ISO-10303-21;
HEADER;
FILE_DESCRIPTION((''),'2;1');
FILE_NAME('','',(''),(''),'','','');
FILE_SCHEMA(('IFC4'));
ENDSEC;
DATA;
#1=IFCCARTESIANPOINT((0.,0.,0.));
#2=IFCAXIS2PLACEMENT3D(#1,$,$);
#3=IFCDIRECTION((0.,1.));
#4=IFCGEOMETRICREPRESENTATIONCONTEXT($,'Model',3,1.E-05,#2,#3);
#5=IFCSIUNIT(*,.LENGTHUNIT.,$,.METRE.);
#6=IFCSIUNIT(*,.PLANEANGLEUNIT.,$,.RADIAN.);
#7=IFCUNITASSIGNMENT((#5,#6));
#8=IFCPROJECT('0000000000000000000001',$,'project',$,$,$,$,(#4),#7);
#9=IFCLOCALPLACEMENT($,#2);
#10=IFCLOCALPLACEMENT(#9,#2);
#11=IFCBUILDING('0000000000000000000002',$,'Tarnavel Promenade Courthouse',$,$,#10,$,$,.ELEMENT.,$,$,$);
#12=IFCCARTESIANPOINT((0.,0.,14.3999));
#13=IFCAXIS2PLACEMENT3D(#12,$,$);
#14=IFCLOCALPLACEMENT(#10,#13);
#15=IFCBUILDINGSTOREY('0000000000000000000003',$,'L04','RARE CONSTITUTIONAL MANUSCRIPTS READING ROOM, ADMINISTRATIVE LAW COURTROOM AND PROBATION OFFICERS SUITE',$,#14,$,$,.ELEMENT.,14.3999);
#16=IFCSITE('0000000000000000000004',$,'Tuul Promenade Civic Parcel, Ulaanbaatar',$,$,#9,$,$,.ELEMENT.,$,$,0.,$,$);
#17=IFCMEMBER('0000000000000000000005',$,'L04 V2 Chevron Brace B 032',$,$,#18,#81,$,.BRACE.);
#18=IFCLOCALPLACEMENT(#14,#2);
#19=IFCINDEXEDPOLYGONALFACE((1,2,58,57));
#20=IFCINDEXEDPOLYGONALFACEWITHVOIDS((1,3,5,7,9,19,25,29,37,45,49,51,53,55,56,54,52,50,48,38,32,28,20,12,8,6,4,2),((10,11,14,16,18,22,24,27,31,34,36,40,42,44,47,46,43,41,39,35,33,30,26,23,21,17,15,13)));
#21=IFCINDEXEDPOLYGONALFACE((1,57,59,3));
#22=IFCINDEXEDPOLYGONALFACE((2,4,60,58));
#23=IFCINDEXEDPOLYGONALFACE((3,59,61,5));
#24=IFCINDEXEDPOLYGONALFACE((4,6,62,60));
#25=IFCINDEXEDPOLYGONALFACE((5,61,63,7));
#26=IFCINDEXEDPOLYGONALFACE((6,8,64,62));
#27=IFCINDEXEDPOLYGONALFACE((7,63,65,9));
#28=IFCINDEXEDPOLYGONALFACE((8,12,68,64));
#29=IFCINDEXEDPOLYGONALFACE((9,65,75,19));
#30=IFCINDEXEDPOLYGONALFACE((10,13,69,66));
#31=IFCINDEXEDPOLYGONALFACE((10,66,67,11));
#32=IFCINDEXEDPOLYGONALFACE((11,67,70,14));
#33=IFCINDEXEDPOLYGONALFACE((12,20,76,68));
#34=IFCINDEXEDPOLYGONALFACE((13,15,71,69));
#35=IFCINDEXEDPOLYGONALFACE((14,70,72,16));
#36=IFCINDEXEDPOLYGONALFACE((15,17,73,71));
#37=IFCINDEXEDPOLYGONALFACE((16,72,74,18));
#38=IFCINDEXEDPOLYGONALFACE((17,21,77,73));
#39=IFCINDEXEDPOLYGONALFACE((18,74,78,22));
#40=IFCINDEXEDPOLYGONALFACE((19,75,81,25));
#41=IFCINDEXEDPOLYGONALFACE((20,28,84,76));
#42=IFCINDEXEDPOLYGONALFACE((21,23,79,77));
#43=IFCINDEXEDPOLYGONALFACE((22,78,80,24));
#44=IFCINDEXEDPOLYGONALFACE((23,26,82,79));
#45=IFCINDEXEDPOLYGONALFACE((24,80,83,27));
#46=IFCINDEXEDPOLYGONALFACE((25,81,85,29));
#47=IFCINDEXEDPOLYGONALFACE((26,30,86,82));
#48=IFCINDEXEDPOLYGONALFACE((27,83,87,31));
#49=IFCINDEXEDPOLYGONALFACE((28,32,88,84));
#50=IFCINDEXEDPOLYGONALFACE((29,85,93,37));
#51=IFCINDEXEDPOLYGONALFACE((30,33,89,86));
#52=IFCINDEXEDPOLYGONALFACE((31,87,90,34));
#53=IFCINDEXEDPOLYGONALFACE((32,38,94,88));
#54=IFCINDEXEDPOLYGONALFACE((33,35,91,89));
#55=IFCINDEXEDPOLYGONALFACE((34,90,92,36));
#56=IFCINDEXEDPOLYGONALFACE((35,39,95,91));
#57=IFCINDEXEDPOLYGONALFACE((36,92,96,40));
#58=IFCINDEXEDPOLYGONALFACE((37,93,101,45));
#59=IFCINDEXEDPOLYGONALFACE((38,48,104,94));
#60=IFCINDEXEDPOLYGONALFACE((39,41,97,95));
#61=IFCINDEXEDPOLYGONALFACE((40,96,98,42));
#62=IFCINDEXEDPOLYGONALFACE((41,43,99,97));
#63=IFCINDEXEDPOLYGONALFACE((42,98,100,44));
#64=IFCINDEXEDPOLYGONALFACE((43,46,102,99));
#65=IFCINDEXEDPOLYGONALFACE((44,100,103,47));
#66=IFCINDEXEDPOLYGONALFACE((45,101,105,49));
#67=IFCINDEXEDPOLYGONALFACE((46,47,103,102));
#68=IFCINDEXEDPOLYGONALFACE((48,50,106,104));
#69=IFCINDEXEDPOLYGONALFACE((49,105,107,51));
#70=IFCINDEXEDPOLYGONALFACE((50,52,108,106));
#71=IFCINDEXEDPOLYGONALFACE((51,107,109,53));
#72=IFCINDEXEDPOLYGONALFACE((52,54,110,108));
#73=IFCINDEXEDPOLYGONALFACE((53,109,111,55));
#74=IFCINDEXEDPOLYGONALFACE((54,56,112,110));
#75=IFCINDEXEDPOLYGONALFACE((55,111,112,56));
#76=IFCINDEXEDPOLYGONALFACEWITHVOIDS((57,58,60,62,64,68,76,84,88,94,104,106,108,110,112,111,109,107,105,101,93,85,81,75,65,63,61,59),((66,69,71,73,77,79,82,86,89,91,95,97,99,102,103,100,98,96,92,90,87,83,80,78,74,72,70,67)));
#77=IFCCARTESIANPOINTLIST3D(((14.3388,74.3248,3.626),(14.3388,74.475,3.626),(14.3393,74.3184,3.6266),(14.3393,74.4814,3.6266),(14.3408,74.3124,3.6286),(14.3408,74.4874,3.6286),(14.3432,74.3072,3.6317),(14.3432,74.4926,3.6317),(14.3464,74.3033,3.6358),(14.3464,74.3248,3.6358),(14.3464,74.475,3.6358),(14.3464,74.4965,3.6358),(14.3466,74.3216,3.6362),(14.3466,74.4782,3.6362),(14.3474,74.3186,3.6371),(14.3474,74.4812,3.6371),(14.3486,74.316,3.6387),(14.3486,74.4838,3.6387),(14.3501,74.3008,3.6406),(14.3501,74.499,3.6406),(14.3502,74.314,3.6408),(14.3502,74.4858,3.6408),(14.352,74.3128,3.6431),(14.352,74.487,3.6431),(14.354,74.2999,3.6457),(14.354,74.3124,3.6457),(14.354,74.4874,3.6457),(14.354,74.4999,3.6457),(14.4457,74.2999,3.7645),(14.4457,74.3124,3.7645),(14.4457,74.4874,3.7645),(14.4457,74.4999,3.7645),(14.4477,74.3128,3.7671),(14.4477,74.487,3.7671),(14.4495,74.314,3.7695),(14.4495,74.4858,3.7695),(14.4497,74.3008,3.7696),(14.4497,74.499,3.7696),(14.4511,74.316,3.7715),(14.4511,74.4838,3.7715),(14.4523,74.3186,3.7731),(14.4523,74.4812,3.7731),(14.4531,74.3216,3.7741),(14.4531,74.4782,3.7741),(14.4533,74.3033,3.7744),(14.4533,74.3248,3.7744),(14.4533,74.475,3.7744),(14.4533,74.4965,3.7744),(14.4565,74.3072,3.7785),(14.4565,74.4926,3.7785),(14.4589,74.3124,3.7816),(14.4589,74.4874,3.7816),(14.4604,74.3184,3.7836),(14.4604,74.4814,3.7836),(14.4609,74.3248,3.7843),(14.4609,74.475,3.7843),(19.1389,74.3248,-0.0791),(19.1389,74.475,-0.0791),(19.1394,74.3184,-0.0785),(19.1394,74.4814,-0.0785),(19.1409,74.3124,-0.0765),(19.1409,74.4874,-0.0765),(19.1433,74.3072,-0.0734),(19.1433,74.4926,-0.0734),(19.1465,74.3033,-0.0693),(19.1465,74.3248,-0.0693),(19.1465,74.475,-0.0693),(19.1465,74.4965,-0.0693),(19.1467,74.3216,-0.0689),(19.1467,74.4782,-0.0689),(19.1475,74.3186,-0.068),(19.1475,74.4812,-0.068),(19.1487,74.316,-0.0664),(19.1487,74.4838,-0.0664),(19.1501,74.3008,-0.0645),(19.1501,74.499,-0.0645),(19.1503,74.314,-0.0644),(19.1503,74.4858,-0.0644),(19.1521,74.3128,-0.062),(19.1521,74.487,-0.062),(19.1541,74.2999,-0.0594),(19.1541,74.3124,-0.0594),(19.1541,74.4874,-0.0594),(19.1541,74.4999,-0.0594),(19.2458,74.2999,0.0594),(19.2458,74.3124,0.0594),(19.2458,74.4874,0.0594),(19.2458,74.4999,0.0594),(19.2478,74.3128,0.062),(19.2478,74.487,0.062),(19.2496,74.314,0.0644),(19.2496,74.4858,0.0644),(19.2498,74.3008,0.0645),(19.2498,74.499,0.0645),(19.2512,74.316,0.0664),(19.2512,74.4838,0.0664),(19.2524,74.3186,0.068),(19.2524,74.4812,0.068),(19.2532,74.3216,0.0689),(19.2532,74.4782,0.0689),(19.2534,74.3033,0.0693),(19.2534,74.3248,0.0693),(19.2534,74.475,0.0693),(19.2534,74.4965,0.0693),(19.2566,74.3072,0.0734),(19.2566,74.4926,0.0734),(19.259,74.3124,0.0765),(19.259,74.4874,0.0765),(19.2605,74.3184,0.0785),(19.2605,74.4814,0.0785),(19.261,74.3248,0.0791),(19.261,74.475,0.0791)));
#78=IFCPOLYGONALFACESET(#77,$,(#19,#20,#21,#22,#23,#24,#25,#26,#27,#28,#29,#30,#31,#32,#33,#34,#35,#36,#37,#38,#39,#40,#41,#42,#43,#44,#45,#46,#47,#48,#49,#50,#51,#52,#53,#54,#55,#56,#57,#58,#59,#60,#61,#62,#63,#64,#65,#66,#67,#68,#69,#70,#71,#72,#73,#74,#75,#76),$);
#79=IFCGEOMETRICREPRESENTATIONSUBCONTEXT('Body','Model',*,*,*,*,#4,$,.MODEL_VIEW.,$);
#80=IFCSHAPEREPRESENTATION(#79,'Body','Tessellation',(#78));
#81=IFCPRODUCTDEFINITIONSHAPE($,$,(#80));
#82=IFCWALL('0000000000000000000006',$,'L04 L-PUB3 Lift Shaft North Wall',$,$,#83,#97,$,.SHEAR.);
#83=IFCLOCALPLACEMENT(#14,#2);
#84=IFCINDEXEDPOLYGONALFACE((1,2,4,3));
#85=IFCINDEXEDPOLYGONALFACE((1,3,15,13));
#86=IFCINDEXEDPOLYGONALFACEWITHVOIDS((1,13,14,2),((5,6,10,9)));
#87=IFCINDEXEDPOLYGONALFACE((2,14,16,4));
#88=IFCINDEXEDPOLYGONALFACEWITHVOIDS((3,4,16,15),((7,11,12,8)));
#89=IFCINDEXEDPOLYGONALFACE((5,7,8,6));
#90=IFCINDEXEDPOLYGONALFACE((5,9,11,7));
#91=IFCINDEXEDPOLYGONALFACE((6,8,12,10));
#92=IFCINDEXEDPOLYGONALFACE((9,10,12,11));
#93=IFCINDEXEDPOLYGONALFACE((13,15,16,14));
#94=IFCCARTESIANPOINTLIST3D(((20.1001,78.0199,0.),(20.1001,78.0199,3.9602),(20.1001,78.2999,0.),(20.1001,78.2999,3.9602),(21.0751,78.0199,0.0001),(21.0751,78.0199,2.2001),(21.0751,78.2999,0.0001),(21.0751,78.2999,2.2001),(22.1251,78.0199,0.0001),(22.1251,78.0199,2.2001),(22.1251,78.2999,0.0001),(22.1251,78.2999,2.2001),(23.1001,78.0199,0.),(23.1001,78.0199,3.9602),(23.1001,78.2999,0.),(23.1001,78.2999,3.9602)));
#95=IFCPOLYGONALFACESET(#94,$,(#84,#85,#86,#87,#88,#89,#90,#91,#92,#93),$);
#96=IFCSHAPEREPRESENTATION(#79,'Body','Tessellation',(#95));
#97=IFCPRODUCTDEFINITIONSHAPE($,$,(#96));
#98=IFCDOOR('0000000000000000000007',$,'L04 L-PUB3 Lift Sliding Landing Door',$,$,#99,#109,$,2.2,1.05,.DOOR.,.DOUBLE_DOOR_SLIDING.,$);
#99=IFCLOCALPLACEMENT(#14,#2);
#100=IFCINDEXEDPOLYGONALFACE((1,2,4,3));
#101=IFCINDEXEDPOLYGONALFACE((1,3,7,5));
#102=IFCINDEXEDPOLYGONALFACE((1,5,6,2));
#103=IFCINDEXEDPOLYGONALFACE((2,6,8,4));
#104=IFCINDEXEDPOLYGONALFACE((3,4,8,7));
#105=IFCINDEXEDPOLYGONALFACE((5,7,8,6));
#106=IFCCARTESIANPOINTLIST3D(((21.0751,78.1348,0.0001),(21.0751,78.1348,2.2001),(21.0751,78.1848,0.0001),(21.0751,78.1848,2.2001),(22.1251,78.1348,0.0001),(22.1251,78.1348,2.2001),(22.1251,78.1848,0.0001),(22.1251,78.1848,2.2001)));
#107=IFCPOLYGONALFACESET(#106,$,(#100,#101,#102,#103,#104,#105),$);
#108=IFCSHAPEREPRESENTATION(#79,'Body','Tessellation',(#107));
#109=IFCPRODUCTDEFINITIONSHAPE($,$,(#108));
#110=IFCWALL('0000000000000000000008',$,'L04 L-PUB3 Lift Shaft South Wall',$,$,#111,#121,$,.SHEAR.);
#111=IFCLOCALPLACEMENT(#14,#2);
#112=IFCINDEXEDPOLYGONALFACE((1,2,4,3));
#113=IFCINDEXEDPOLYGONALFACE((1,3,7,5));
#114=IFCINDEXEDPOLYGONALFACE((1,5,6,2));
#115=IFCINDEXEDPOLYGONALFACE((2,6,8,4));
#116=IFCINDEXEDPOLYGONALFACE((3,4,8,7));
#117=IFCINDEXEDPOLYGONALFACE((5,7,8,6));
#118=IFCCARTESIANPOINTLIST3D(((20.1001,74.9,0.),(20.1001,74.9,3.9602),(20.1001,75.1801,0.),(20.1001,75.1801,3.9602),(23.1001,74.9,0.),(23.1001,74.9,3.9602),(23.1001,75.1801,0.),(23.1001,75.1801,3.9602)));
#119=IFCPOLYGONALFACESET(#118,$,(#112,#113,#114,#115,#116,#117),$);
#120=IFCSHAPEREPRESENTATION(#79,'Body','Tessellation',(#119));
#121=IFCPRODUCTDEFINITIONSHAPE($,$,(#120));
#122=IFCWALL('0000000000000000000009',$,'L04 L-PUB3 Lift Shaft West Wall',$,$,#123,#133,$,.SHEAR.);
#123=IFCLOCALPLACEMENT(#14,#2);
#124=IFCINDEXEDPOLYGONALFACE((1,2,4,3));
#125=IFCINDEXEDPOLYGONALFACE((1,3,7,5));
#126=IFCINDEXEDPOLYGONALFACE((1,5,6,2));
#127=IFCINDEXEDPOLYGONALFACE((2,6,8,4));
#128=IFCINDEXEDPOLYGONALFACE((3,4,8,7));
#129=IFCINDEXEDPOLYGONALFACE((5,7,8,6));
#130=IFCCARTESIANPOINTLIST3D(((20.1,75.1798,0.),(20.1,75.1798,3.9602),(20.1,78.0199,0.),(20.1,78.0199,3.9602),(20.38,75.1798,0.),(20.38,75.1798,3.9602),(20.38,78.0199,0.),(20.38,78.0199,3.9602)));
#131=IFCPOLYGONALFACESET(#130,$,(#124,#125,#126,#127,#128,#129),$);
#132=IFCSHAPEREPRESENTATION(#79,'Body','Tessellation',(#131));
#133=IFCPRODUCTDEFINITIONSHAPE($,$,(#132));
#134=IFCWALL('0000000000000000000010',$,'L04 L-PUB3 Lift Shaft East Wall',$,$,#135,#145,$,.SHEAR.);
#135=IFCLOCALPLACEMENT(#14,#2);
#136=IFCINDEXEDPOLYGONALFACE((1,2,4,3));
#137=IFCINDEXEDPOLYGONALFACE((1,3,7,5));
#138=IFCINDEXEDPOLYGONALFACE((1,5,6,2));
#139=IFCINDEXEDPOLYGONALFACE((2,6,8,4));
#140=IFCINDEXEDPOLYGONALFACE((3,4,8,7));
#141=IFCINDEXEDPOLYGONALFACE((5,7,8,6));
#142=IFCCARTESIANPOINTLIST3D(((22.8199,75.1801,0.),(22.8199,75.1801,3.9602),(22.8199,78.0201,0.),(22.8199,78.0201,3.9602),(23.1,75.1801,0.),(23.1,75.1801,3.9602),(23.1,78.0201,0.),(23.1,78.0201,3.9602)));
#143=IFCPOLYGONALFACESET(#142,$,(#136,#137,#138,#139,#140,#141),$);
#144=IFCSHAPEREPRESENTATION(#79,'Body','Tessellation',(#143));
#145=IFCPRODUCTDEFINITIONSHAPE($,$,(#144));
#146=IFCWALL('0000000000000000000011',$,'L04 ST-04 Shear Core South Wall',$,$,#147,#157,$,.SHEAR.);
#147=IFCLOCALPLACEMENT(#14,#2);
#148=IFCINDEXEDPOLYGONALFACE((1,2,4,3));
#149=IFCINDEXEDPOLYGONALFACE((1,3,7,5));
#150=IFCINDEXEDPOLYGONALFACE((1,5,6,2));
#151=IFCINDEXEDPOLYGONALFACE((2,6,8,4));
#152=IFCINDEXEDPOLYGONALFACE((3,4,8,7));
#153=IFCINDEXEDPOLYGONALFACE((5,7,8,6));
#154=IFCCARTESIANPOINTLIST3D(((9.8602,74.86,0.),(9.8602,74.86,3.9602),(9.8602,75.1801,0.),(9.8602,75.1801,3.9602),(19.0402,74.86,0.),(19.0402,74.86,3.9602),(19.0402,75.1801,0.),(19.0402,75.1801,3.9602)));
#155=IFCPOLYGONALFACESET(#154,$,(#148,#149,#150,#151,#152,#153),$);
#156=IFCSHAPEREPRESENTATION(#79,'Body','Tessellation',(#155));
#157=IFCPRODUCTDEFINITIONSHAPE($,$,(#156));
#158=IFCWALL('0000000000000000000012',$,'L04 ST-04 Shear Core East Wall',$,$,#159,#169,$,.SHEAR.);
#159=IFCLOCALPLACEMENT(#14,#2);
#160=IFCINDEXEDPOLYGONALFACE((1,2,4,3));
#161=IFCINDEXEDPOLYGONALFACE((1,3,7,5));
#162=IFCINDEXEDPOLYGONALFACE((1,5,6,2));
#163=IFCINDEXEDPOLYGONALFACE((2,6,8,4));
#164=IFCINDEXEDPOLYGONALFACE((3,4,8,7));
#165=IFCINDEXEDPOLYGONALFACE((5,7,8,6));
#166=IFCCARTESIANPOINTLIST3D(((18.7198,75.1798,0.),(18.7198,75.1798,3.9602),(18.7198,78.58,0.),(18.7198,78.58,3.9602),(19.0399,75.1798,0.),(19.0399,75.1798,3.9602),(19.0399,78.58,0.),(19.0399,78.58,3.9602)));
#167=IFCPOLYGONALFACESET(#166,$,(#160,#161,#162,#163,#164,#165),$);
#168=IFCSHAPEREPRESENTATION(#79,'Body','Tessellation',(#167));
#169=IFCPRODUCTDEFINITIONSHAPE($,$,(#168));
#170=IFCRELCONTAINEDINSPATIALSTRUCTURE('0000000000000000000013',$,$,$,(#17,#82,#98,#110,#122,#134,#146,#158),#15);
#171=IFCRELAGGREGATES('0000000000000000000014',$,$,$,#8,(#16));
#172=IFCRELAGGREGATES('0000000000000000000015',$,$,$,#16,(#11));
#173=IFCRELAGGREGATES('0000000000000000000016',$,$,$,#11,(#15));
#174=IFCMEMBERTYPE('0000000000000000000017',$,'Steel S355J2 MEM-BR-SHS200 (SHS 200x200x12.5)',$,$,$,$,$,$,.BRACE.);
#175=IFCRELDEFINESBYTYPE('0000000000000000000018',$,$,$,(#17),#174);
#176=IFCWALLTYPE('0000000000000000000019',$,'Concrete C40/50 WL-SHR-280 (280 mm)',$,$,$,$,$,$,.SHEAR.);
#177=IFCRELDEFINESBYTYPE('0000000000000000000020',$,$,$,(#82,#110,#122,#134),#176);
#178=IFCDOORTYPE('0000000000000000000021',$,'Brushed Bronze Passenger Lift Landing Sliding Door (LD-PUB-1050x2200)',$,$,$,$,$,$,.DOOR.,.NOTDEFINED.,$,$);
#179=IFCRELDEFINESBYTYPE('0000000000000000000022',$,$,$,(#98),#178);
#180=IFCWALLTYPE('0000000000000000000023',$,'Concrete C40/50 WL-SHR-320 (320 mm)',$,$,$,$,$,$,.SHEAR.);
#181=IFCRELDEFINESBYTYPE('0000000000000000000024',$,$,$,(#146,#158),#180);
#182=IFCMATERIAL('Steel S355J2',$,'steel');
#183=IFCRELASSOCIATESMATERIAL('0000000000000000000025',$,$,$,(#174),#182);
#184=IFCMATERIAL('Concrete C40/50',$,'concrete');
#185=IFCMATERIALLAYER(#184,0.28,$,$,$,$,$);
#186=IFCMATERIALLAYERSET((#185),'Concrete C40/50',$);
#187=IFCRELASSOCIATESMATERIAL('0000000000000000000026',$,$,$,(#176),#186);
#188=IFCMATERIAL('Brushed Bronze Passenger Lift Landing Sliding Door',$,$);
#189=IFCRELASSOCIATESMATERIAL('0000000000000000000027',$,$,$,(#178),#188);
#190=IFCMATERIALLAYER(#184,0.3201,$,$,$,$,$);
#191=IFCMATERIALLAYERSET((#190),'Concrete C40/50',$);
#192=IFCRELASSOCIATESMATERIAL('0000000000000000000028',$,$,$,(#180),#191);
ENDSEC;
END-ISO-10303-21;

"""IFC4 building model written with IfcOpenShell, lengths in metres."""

from ifc_helpers import new_model, si_unit, direction, frame, frame_2d, origin, origin_2d, place, context, subcontext, project, spatial, rectangle, hollow_rectangle, extrude, material, layer, layer_set, material_profile, profile_set, type_object, element, fill, save


model = new_model("IFC4")

# Units and contexts
model_context = context("Model", 3, precision=1e-05, world=origin(), true_north=direction((0.0, 1.0)))
body_context = subcontext(model_context, "Body", "Model", "MODEL_VIEW")
ifc_project = project(units=[si_unit("LENGTHUNIT", "METRE"), si_unit("PLANEANGLEUNIT", "RADIAN")], contexts=[model_context])

# Site, building, storey
site_placement = place(None, origin())
site = spatial("IfcSite", under=ifc_project, at=site_placement, Name="Tuul Promenade Civic Parcel, Ulaanbaatar", CompositionType="ELEMENT", RefElevation=0.0)
building_placement = place(site_placement, origin())
building = spatial("IfcBuilding", under=site, at=building_placement, Name="Tarnavel Promenade Courthouse", CompositionType="ELEMENT")
storey_placement = place(building_placement, frame((0.0, 0.0, 14.3999)))
storey = spatial("IfcBuildingStorey", under=building, at=storey_placement, Name="L04", Description="RARE CONSTITUTIONAL MANUSCRIPTS READING ROOM, ADMINISTRATIVE LAW COURTROOM AND PROBATION OFFICERS SUITE", CompositionType="ELEMENT", Elevation=14.3999)

# Shared definitions
ifc_material_1 = material(Name="Concrete C40/50", Category="concrete")

# Member
ifc_material_2 = material(Name="Steel S355J2", Category="steel")
ifc_material_profile_1 = material_profile(ifc_material_2, hollow_rectangle(XDim=0.2, YDim=0.2, WallThickness=0.0125, InnerFilletRadius=0.0125, OuterFilletRadius=0.0249, at=origin_2d()), Name="SHS 200x200x12.5")
ifc_profile_set_1 = profile_set([ifc_material_profile_1], Name="Steel S355J2")
member_type = type_object("IfcMemberType", Name="Steel S355J2 MEM-BR-SHS200 (SHS 200x200x12.5)", PredefinedType="BRACE", material=ifc_profile_set_1)
member_placement = place(storey_placement, frame((19.2, 74.3999, 0.0), z_axis=(-0.791608, 0.0, 0.611029), x_axis=(0.0, -1.0, 0.0)))
element("IfcMember", 1, at=member_placement, inside=storey, type_object=member_type, Name="L04 V2 Chevron Brace B 032", PredefinedType="BRACE", context=body_context, shape_type="SweptSolid", body=[
    extrude(hollow_rectangle(XDim=0.2, YDim=0.2, WallThickness=0.0125, InnerFilletRadius=0.0125, OuterFilletRadius=0.0249, at=origin_2d()), origin(), (0.0, 0.0, 1.0), 6.0637),
])

# Wall, opening, door
ifc_layer_1 = layer(ifc_material_1, 0.28)
ifc_layer_set_1 = layer_set([ifc_layer_1], Name="Concrete C40/50")
wall_type_1 = type_object("IfcWallType", Name="Concrete C40/50 WL-SHR-280 (280 mm)", PredefinedType="SHEAR", material=ifc_layer_set_1)
wall_1_placement = place(storey_placement, frame((20.1001, 78.1599, 0.0), z_axis=(0.0, 0.0, 1.0), x_axis=(1.0, 0.0, 0.0)))
wall_1 = element("IfcWall", 2, at=wall_1_placement, inside=storey, type_object=wall_type_1, Name="L04 L-PUB3 Lift Shaft North Wall", PredefinedType="SHEAR", context=body_context, shape_type="SweptSolid", body=[
    extrude(rectangle(XDim=3.0, YDim=0.28, at=frame_2d((1.5, 0.0))), origin(), (0.0, 0.0, 1.0), 3.9602),
])
opening_placement = place(wall_1_placement, frame((0.9751, 0.0, 0.0)))
opening = element("IfcOpeningElement", 3, at=opening_placement, cuts=wall_1, PredefinedType="OPENING", context=body_context, shape_type="SweptSolid", body=[
    extrude(rectangle(XDim=1.05, YDim=2.2, at=frame_2d((0.5249, 1.1001))), frame((0.0, 0.1499, 0.0), z_axis=(0.0, -1.0, 0.0), x_axis=(1.0, 0.0, 0.0)), (0.0, 0.0, 1.0), 0.3),
])
ifc_material_3 = material(Name="Brushed Bronze Passenger Lift Landing Sliding Door")
door_type = type_object("IfcDoorType", Name="Brushed Bronze Passenger Lift Landing Sliding Door (LD-PUB-1050x2200)", OperationType="NOTDEFINED", PredefinedType="DOOR", material=ifc_material_3)
door_placement = place(opening_placement, origin())
door = element("IfcDoor", 4, at=door_placement, inside=storey, type_object=door_type, Name="L04 L-PUB3 Lift Sliding Landing Door", OperationType="DOUBLE_DOOR_SLIDING", OverallHeight=2.2, OverallWidth=1.05, PredefinedType="DOOR", context=body_context, shape_type="SweptSolid", body=[
    extrude(rectangle(XDim=1.05, YDim=2.2, at=frame_2d((0.5249, 1.1001))), frame((0.0, 0.0249, 0.0), z_axis=(0.0, -1.0, 0.0), x_axis=(1.0, 0.0, 0.0)), (0.0, 0.0, 1.0), 0.05),
])
fill(opening, door)

# Walls
wall_2_placement = place(storey_placement, frame((23.1001, 75.04, 0.0), z_axis=(0.0, 0.0, 1.0), x_axis=(-1.0, 0.0, 0.0)))
element("IfcWall", 5, at=wall_2_placement, inside=storey, type_object=wall_type_1, Name="L04 L-PUB3 Lift Shaft South Wall", PredefinedType="SHEAR", context=body_context, shape_type="SweptSolid", body=[
    extrude(rectangle(XDim=3.0, YDim=0.28, at=frame_2d((1.5, 0.0))), origin(), (0.0, 0.0, 1.0), 3.9602),
])
for number, where, z_axis, x_axis, name in (
    (6, (20.24, 75.1799, 0.0), (0.0, 0.0, 1.0), (0.0, 1.0, 0.0), "L04 L-PUB3 Lift Shaft West Wall"),
    (7, (22.96, 78.02, 0.0), (0.0, 0.0, 1.0), (0.0, -1.0, 0.0), "L04 L-PUB3 Lift Shaft East Wall"),
):
    element("IfcWall", number, at=place(storey_placement, frame(where, z_axis=z_axis, x_axis=x_axis)), inside=storey, type_object=wall_type_1, Name=name, PredefinedType="SHEAR", context=body_context, shape_type="SweptSolid", body=[
        extrude(rectangle(XDim=2.8401, YDim=0.28, at=frame_2d((1.4199, 0.0))), origin(), (0.0, 0.0, 1.0), 3.9602),
    ])
ifc_layer_2 = layer(ifc_material_1, 0.3201)
ifc_layer_set_2 = layer_set([ifc_layer_2], Name="Concrete C40/50")
wall_type_2 = type_object("IfcWallType", Name="Concrete C40/50 WL-SHR-320 (320 mm)", PredefinedType="SHEAR", material=ifc_layer_set_2)
wall_3_placement = place(storey_placement, frame((19.04, 75.02, 0.0), z_axis=(0.0, 0.0, 1.0), x_axis=(-1.0, 0.0, 0.0)))
element("IfcWall", 8, at=wall_3_placement, inside=storey, type_object=wall_type_2, Name="L04 ST-04 Shear Core South Wall", PredefinedType="SHEAR", context=body_context, shape_type="SweptSolid", body=[
    extrude(rectangle(XDim=9.1799, YDim=0.3201, at=frame_2d((4.5898, 0.0))), origin(), (0.0, 0.0, 1.0), 3.9602),
])
wall_4_placement = place(storey_placement, frame((18.8799, 78.5801, 0.0), z_axis=(0.0, 0.0, 1.0), x_axis=(0.0, -1.0, 0.0)))
element("IfcWall", 9, at=wall_4_placement, inside=storey, type_object=wall_type_2, Name="L04 ST-04 Shear Core East Wall", PredefinedType="SHEAR", context=body_context, shape_type="SweptSolid", body=[
    extrude(rectangle(XDim=3.4001, YDim=0.3201, at=frame_2d((1.7002, 0.0))), origin(), (0.0, 0.0, 1.0), 3.9602),
])

save(model, "model.ifc")
